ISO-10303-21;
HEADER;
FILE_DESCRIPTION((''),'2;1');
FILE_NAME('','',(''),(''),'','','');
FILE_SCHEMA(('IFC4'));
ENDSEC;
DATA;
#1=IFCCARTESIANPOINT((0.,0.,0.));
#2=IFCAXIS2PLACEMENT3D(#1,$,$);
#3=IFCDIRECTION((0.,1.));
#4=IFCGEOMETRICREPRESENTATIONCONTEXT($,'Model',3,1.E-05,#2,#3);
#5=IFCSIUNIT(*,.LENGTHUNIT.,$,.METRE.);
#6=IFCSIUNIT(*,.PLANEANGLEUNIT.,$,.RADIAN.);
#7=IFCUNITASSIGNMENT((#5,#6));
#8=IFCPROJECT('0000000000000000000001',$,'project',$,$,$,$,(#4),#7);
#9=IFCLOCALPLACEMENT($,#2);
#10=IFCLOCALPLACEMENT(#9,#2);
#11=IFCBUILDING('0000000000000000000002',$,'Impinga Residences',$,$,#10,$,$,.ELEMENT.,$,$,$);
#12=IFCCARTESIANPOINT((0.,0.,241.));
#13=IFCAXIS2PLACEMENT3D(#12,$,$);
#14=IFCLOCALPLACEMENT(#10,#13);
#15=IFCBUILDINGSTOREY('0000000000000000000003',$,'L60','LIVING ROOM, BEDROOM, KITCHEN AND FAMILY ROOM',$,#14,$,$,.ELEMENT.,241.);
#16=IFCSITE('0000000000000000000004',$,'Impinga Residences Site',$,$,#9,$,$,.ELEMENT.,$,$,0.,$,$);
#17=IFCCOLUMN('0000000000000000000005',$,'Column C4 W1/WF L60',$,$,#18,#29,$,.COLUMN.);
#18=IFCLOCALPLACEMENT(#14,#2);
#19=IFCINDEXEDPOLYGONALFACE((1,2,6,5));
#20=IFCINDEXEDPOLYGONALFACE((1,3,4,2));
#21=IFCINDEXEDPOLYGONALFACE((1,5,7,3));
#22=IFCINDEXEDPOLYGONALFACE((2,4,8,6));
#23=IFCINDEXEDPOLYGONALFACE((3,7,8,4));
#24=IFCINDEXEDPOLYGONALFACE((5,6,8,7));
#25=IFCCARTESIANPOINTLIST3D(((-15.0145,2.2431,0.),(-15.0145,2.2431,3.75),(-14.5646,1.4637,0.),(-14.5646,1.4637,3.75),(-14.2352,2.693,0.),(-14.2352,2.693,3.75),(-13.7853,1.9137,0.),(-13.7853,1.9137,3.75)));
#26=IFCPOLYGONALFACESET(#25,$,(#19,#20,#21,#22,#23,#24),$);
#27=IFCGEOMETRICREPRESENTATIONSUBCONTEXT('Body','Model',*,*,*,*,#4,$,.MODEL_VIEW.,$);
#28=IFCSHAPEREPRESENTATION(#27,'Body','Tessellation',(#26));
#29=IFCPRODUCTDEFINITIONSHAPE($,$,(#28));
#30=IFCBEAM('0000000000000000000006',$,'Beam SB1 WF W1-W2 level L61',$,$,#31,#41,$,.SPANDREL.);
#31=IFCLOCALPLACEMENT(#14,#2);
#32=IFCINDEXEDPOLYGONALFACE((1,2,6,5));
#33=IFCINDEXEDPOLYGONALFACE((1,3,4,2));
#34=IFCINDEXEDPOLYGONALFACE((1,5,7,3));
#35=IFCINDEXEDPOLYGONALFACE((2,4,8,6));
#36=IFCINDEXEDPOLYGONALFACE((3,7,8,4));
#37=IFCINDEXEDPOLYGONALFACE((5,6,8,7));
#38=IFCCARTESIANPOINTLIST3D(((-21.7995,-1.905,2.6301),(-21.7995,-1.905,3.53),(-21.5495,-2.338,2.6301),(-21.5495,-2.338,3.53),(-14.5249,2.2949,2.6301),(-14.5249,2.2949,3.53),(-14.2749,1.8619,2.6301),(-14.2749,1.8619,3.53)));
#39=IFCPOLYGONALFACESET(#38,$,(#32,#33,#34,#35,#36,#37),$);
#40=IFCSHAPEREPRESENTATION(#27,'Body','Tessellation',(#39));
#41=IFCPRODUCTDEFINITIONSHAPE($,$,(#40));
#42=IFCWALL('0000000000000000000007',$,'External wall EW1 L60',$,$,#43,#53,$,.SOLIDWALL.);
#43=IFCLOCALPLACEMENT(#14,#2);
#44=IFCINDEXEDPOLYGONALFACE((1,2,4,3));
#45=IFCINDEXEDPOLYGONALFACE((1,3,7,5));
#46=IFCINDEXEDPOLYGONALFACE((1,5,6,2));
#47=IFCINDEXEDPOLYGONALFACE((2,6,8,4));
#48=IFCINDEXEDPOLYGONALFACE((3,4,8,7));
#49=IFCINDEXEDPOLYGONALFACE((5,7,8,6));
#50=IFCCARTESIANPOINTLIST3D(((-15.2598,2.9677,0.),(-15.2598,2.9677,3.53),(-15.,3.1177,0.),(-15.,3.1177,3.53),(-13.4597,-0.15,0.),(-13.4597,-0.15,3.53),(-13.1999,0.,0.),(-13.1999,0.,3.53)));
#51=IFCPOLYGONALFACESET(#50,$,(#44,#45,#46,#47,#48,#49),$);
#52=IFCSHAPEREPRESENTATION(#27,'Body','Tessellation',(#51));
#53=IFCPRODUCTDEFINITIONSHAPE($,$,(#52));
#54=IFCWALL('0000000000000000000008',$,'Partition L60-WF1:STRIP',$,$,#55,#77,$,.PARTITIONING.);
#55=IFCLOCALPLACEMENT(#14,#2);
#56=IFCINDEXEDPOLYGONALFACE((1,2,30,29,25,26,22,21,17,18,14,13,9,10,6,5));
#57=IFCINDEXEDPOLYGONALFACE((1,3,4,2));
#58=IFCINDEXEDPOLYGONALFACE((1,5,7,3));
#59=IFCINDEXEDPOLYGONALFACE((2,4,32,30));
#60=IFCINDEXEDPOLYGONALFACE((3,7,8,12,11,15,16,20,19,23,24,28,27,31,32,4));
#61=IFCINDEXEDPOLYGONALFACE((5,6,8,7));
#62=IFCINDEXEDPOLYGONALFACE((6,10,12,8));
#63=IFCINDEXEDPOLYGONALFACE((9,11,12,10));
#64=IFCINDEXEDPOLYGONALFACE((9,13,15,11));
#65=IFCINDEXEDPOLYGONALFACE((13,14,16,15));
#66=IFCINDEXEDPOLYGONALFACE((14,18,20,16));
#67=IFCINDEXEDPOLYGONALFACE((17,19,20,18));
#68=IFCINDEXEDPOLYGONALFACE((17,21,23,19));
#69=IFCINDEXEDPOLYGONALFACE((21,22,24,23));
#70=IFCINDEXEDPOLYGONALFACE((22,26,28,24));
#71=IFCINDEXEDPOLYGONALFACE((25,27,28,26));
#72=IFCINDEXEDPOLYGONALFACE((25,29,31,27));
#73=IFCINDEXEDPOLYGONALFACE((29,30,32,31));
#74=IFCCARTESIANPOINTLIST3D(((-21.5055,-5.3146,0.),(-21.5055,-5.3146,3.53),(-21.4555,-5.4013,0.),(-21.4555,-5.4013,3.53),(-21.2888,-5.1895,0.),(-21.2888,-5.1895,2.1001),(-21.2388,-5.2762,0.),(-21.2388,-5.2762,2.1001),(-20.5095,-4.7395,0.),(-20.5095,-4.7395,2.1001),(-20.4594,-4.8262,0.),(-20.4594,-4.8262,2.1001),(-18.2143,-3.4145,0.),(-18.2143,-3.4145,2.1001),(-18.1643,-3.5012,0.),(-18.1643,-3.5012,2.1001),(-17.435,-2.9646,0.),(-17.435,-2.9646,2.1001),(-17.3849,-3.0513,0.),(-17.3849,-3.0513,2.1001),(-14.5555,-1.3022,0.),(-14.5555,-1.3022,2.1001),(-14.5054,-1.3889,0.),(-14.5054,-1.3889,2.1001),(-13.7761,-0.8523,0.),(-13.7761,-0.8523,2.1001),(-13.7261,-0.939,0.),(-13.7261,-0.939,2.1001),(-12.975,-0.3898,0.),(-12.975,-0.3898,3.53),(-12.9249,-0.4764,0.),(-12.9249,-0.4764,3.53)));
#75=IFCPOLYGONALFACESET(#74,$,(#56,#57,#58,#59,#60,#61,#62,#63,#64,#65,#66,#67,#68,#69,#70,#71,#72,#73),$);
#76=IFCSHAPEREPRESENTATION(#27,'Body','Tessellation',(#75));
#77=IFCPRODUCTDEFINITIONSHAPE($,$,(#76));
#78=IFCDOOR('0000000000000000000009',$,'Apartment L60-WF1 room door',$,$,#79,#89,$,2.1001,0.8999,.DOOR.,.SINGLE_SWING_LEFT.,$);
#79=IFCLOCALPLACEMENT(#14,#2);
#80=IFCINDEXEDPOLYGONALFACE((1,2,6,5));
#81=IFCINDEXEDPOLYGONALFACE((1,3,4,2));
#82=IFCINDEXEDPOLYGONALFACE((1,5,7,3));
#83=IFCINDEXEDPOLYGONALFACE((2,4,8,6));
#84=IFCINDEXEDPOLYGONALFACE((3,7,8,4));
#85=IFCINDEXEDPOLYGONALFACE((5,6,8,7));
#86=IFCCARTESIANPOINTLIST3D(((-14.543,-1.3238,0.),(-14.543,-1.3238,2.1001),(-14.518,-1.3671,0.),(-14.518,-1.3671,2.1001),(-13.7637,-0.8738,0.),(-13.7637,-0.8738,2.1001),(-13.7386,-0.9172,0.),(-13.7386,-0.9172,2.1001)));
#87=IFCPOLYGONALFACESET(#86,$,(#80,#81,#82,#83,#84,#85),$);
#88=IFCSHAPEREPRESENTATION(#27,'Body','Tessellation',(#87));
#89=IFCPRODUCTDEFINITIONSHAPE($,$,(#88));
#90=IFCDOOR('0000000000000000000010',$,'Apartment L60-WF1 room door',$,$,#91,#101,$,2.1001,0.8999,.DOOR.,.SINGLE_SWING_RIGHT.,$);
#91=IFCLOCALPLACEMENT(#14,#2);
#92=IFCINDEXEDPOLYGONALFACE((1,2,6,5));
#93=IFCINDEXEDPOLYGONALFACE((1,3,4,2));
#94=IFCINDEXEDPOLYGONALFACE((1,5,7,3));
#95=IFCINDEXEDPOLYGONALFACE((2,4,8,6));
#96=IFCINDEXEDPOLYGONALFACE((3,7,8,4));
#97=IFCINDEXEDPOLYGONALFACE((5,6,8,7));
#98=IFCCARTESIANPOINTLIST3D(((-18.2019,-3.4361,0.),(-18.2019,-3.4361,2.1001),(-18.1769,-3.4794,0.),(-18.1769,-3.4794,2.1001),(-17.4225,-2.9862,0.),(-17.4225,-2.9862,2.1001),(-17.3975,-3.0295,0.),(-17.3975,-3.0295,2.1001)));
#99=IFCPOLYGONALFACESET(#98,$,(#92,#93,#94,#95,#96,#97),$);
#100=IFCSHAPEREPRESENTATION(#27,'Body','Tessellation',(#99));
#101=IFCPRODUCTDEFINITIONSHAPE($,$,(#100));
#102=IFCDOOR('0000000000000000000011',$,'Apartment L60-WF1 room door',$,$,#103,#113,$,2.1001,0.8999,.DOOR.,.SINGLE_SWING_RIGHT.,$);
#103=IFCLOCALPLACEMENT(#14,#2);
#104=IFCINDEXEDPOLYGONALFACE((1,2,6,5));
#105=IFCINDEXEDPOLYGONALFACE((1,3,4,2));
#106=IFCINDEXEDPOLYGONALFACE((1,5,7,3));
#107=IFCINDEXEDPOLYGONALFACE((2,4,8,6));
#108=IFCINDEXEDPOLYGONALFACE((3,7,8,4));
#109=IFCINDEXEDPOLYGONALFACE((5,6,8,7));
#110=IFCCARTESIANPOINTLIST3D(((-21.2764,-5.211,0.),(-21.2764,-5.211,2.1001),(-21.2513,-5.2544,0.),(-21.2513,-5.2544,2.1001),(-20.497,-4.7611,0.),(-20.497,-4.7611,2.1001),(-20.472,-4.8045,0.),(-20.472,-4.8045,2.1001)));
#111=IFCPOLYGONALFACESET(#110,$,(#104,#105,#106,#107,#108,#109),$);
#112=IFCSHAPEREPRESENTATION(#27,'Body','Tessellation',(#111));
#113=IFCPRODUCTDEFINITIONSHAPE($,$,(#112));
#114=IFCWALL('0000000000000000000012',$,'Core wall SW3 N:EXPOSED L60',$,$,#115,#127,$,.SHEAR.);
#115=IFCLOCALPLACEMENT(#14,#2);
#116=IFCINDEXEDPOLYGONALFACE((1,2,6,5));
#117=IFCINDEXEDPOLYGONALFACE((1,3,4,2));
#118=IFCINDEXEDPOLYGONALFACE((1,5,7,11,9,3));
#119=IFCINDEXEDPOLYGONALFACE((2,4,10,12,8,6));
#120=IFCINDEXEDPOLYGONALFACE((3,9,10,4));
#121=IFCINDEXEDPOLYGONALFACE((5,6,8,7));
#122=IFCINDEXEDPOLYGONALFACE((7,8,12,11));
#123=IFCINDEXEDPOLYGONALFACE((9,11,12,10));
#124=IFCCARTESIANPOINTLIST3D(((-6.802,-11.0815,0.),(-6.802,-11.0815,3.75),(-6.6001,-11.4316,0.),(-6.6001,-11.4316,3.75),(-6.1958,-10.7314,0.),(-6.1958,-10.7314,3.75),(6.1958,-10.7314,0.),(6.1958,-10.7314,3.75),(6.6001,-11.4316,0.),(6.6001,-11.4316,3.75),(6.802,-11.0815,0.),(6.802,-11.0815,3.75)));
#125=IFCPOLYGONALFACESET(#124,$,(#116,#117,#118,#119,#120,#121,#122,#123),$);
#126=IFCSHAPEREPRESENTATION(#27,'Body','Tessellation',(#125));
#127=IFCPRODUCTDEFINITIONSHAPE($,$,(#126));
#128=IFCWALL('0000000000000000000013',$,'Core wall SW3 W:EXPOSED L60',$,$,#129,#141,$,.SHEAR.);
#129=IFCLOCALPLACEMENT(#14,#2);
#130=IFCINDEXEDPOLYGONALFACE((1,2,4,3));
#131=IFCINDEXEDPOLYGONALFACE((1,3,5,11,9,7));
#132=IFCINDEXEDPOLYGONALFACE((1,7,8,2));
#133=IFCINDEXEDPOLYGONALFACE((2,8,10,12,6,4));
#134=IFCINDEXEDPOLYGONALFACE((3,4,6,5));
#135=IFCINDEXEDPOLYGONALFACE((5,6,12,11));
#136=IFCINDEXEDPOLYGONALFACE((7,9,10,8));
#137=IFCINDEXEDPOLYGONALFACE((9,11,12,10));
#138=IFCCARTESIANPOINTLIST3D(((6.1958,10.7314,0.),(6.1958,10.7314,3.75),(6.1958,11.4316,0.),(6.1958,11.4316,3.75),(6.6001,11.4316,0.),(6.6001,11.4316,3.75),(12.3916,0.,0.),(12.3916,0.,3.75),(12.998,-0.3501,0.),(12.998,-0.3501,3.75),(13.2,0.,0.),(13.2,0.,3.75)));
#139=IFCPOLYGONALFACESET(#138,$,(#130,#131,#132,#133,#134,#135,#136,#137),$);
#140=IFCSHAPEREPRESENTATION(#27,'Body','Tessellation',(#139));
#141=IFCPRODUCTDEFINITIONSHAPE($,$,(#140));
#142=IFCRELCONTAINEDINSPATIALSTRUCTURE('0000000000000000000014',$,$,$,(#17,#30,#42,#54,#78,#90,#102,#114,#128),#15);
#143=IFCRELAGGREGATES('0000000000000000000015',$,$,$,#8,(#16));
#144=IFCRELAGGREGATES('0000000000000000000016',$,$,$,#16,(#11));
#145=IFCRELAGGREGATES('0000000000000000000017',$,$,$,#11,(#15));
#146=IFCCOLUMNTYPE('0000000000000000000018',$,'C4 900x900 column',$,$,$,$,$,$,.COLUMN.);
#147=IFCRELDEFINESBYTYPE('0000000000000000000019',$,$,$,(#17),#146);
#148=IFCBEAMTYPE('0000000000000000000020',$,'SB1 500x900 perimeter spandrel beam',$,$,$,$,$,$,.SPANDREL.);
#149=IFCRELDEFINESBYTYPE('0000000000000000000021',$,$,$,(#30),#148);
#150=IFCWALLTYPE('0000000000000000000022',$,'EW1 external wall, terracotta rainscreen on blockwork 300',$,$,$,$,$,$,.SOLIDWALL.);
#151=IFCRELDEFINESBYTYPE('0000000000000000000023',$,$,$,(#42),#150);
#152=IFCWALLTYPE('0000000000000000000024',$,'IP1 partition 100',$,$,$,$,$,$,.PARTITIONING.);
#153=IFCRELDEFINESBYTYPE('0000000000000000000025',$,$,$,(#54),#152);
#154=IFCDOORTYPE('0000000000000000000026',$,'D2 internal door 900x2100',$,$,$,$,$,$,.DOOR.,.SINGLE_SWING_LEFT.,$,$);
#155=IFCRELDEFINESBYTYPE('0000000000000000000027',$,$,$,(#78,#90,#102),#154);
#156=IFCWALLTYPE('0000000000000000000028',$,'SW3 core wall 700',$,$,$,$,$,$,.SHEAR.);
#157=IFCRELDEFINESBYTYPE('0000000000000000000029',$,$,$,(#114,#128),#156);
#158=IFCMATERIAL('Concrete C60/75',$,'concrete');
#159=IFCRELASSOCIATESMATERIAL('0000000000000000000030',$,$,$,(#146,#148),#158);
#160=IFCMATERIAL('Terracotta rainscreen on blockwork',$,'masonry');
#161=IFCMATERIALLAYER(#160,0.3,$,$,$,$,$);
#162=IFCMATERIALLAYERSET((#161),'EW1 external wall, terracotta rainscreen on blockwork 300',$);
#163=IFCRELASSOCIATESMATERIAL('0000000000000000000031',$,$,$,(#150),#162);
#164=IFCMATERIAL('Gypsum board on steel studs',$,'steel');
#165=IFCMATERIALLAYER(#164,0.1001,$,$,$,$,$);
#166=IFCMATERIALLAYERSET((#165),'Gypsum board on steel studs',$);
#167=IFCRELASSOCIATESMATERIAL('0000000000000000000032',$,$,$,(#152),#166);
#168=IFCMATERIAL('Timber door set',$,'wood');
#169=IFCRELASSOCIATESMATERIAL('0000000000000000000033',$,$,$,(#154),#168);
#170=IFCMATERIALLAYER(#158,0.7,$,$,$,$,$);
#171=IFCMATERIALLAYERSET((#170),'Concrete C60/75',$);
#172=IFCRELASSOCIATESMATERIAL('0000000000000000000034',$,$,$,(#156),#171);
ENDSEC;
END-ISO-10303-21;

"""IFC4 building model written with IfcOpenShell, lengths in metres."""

from ifc_helpers import new_model, si_unit, direction, frame, frame_2d, origin, origin_2d, place, context, subcontext, project, spatial, polyline, rectangle, outline, extrude, material, layer, layer_set, material_profile, profile_set, type_object, element, fill, save


model = new_model("IFC4")

# Units and contexts
model_context = context("Model", 3, precision=1e-05, world=origin(), true_north=direction((0.0, 1.0)))
body_context = subcontext(model_context, "Body", "Model", "MODEL_VIEW")
ifc_project = project(units=[si_unit("LENGTHUNIT", "METRE"), si_unit("PLANEANGLEUNIT", "RADIAN")], contexts=[model_context])

# Site, building, storey
site_placement = place(None, origin())
site = spatial("IfcSite", under=ifc_project, at=site_placement, Name="Impinga Residences Site", CompositionType="ELEMENT", RefElevation=0.0)
building_placement = place(site_placement, origin())
building = spatial("IfcBuilding", under=site, at=building_placement, Name="Impinga Residences", CompositionType="ELEMENT")
storey_placement = place(building_placement, frame((0.0, 0.0, 241.0)))
storey = spatial("IfcBuildingStorey", under=building, at=storey_placement, Name="L60", Description="LIVING ROOM, BEDROOM, KITCHEN AND FAMILY ROOM", CompositionType="ELEMENT", Elevation=241.0)

# Column
ifc_material_1 = material(Name="Concrete C60/75", Category="concrete")
ifc_material_profile_1 = material_profile(ifc_material_1, rectangle(XDim=0.8999, YDim=0.8999, at=origin_2d()), Name="RC 900x900")
ifc_profile_set_1 = profile_set([ifc_material_profile_1], Name="Concrete C60/75")
column_type = type_object("IfcColumnType", Name="C4 900x900 column", PredefinedType="COLUMN", material=ifc_profile_set_1)
column_placement = place(storey_placement, frame((-14.3999, 2.0784, 0.0), z_axis=(0.0, 0.0, 1.0), x_axis=(-0.5, 0.866025, 0.0)))
element("IfcColumn", 1, at=column_placement, inside=storey, type_object=column_type, Name="Column C4 W1/WF L60", PredefinedType="COLUMN", context=body_context, shape_type="SweptSolid", body=[
    extrude(rectangle(XDim=0.8999, YDim=0.8999, at=origin_2d()), origin(), (0.0, 0.0, 1.0), 3.75),
])

# Beam
ifc_material_profile_2 = material_profile(ifc_material_1, rectangle(XDim=0.5, YDim=0.8999, at=origin_2d()), Name="RC 500x900")
ifc_profile_set_2 = profile_set([ifc_material_profile_2], Name="Concrete C60/75")
beam_type = type_object("IfcBeamType", Name="SB1 500x900 perimeter spandrel beam", PredefinedType="SPANDREL", material=ifc_profile_set_2)
beam_placement = place(storey_placement, frame((-14.3999, 2.0784, 3.0801), z_axis=(-0.866029, -0.499993, 0.0), x_axis=(0.499993, -0.866029, 0.0)))
element("IfcBeam", 2, at=beam_placement, inside=storey, type_object=beam_type, Name="Beam SB1 WF W1-W2 level L61", PredefinedType="SPANDREL", context=body_context, shape_type="SweptSolid", body=[
    extrude(rectangle(XDim=0.5, YDim=0.8999, at=origin_2d()), origin(), (0.0, 0.0, 1.0), 8.3999),
])

# Wall
ifc_material_2 = material(Name="Terracotta rainscreen on blockwork", Category="masonry")
ifc_layer_1 = layer(ifc_material_2, 0.3)
ifc_layer_set_1 = layer_set([ifc_layer_1], Name="EW1 external wall, terracotta rainscreen on blockwork 300")
wall_type_1 = type_object("IfcWallType", Name="EW1 external wall, terracotta rainscreen on blockwork 300", PredefinedType="SOLIDWALL", material=ifc_layer_set_1)
wall_1_placement = place(storey_placement, frame((-15.1299, 3.0427, 0.0), z_axis=(0.0, 0.0, 1.0), x_axis=(0.500012, -0.866018, 0.0)))
element("IfcWall", 3, at=wall_1_placement, inside=storey, type_object=wall_type_1, Name="External wall EW1 L60", PredefinedType="SOLIDWALL", context=body_context, shape_type="SweptSolid", body=[
    extrude(rectangle(XDim=3.6001, YDim=0.3, at=frame_2d((1.8, 0.0))), origin(), (0.0, 0.0, 1.0), 3.53),
])

# Wall, openings, doors
ifc_material_3 = material(Name="Gypsum board on steel studs", Category="steel")
ifc_layer_2 = layer(ifc_material_3, 0.1001)
ifc_layer_set_2 = layer_set([ifc_layer_2], Name="Gypsum board on steel studs")
wall_type_2 = type_object("IfcWallType", Name="IP1 partition 100", PredefinedType="PARTITIONING", material=ifc_layer_set_2)
wall_2_placement = place(storey_placement, frame((-12.95, -0.4331, 0.0), z_axis=(0.0, 0.0, 1.0), x_axis=(-0.866038, -0.499978, 0.0)))
wall_2 = element("IfcWall", 4, at=wall_2_placement, inside=storey, type_object=wall_type_2, Name="Partition L60-WF1:STRIP", PredefinedType="PARTITIONING", context=body_context, shape_type="SweptSolid", body=[
    extrude(rectangle(XDim=9.8501, YDim=0.1001, at=frame_2d((4.925, 0.0))), origin(), (0.0, 0.0, 1.0), 3.53),
])
opening_1_placement = place(wall_2_placement, frame((0.925, 0.0, 0.0)))
opening_1 = element("IfcOpeningElement", 5, at=opening_1_placement, cuts=wall_2, PredefinedType="OPENING", context=body_context, shape_type="SweptSolid", body=[
    extrude(rectangle(XDim=0.8999, YDim=2.1001, at=frame_2d((0.45, 1.05))), frame((0.0, 0.0601, 0.0), z_axis=(0.0, -1.0, 0.0), x_axis=(1.0, 0.0, 0.0)), (0.0, 0.0, 1.0), 0.1201),
])
opening_2_placement = place(wall_2_placement, frame((5.1499, 0.0, 0.0)))
opening_2 = element("IfcOpeningElement", 6, at=opening_2_placement, cuts=wall_2, PredefinedType="OPENING", context=body_context, shape_type="SweptSolid", body=[
    extrude(rectangle(XDim=0.8999, YDim=2.1001, at=frame_2d((0.45, 1.05))), frame((0.0, 0.0601, 0.0), z_axis=(0.0, -1.0, 0.0), x_axis=(1.0, 0.0, 0.0)), (0.0, 0.0, 1.0), 0.1201),
])
opening_3_placement = place(wall_2_placement, frame((8.7, 0.0, 0.0)))
opening_3 = element("IfcOpeningElement", 7, at=opening_3_placement, cuts=wall_2, PredefinedType="OPENING", context=body_context, shape_type="SweptSolid", body=[
    extrude(rectangle(XDim=0.8999, YDim=2.1001, at=frame_2d((0.45, 1.05))), frame((0.0, 0.0601, 0.0), z_axis=(0.0, -1.0, 0.0), x_axis=(1.0, 0.0, 0.0)), (0.0, 0.0, 1.0), 0.1201),
])
ifc_material_4 = material(Name="Timber door set", Category="wood")
door_type_1 = type_object("IfcDoorType", Name="D2 internal door 900x2100", OperationType="SINGLE_SWING_LEFT", PredefinedType="DOOR", material=ifc_material_4)
door_1_placement = place(opening_1_placement, origin())
door_1 = element("IfcDoor", 8, at=door_1_placement, inside=storey, type_object=door_type_1, Name="Apartment L60-WF1 room door", OperationType="SINGLE_SWING_LEFT", OverallHeight=2.1001, OverallWidth=0.8999, PredefinedType="DOOR", context=body_context, shape_type="SweptSolid", body=[
    extrude(rectangle(XDim=0.8999, YDim=2.1001, at=frame_2d((0.45, 1.05))), frame((0.0, 0.0249, 0.0), z_axis=(0.0, -1.0, 0.0), x_axis=(1.0, 0.0, 0.0)), (0.0, 0.0, 1.0), 0.05),
])
fill(opening_1, door_1)
door_2_placement = place(opening_2_placement, origin())
door_2 = element("IfcDoor", 9, at=door_2_placement, inside=storey, type_object=door_type_1, Name="Apartment L60-WF1 room door", OperationType="SINGLE_SWING_RIGHT", OverallHeight=2.1001, OverallWidth=0.8999, PredefinedType="DOOR", context=body_context, shape_type="SweptSolid", body=[
    extrude(rectangle(XDim=0.8999, YDim=2.1001, at=frame_2d((0.45, 1.05))), frame((0.0, 0.0249, 0.0), z_axis=(0.0, -1.0, 0.0), x_axis=(1.0, 0.0, 0.0)), (0.0, 0.0, 1.0), 0.05),
])
fill(opening_2, door_2)
door_3_placement = place(opening_3_placement, origin())
door_3 = element("IfcDoor", 10, at=door_3_placement, inside=storey, type_object=door_type_1, Name="Apartment L60-WF1 room door", OperationType="SINGLE_SWING_RIGHT", OverallHeight=2.1001, OverallWidth=0.8999, PredefinedType="DOOR", context=body_context, shape_type="SweptSolid", body=[
    extrude(rectangle(XDim=0.8999, YDim=2.1001, at=frame_2d((0.45, 1.05))), frame((0.0, 0.0249, 0.0), z_axis=(0.0, -1.0, 0.0), x_axis=(1.0, 0.0, 0.0)), (0.0, 0.0, 1.0), 0.05),
])
fill(opening_3, door_3)

# Walls
ifc_layer_3 = layer(ifc_material_1, 0.7)
ifc_layer_set_3 = layer_set([ifc_layer_3], Name="Concrete C60/75")
wall_type_3 = type_object("IfcWallType", Name="SW3 core wall 700", PredefinedType="SHEAR", material=ifc_layer_set_3)
wall_3_placement = place(storey_placement, origin())
element("IfcWall", 11, at=wall_3_placement, inside=storey, type_object=wall_type_3, Name="Core wall SW3 N:EXPOSED L60", PredefinedType="SHEAR", context=body_context, shape_type="SweptSolid", body=[
    extrude(outline(polyline([(-6.6001, -11.4316), (6.6001, -11.4316), (6.802, -11.0815), (6.1958, -10.7314), (-6.1958, -10.7314), (-6.802, -11.0815), (-6.6001, -11.4316)])), origin(), (0.0, 0.0, 1.0), 3.75),
])
wall_4_placement = place(storey_placement, origin())
element("IfcWall", 12, at=wall_4_placement, inside=storey, type_object=wall_type_3, Name="Core wall SW3 W:EXPOSED L60", PredefinedType="SHEAR", context=body_context, shape_type="SweptSolid", body=[
    extrude(outline(polyline([(13.2, 0.0), (6.6001, 11.4316), (6.1958, 11.4316), (6.1958, 10.7314), (12.3916, 0.0), (12.998, -0.3501), (13.2, 0.0)])), origin(), (0.0, 0.0, 1.0), 3.75),
])

save(model, "model.ifc")
